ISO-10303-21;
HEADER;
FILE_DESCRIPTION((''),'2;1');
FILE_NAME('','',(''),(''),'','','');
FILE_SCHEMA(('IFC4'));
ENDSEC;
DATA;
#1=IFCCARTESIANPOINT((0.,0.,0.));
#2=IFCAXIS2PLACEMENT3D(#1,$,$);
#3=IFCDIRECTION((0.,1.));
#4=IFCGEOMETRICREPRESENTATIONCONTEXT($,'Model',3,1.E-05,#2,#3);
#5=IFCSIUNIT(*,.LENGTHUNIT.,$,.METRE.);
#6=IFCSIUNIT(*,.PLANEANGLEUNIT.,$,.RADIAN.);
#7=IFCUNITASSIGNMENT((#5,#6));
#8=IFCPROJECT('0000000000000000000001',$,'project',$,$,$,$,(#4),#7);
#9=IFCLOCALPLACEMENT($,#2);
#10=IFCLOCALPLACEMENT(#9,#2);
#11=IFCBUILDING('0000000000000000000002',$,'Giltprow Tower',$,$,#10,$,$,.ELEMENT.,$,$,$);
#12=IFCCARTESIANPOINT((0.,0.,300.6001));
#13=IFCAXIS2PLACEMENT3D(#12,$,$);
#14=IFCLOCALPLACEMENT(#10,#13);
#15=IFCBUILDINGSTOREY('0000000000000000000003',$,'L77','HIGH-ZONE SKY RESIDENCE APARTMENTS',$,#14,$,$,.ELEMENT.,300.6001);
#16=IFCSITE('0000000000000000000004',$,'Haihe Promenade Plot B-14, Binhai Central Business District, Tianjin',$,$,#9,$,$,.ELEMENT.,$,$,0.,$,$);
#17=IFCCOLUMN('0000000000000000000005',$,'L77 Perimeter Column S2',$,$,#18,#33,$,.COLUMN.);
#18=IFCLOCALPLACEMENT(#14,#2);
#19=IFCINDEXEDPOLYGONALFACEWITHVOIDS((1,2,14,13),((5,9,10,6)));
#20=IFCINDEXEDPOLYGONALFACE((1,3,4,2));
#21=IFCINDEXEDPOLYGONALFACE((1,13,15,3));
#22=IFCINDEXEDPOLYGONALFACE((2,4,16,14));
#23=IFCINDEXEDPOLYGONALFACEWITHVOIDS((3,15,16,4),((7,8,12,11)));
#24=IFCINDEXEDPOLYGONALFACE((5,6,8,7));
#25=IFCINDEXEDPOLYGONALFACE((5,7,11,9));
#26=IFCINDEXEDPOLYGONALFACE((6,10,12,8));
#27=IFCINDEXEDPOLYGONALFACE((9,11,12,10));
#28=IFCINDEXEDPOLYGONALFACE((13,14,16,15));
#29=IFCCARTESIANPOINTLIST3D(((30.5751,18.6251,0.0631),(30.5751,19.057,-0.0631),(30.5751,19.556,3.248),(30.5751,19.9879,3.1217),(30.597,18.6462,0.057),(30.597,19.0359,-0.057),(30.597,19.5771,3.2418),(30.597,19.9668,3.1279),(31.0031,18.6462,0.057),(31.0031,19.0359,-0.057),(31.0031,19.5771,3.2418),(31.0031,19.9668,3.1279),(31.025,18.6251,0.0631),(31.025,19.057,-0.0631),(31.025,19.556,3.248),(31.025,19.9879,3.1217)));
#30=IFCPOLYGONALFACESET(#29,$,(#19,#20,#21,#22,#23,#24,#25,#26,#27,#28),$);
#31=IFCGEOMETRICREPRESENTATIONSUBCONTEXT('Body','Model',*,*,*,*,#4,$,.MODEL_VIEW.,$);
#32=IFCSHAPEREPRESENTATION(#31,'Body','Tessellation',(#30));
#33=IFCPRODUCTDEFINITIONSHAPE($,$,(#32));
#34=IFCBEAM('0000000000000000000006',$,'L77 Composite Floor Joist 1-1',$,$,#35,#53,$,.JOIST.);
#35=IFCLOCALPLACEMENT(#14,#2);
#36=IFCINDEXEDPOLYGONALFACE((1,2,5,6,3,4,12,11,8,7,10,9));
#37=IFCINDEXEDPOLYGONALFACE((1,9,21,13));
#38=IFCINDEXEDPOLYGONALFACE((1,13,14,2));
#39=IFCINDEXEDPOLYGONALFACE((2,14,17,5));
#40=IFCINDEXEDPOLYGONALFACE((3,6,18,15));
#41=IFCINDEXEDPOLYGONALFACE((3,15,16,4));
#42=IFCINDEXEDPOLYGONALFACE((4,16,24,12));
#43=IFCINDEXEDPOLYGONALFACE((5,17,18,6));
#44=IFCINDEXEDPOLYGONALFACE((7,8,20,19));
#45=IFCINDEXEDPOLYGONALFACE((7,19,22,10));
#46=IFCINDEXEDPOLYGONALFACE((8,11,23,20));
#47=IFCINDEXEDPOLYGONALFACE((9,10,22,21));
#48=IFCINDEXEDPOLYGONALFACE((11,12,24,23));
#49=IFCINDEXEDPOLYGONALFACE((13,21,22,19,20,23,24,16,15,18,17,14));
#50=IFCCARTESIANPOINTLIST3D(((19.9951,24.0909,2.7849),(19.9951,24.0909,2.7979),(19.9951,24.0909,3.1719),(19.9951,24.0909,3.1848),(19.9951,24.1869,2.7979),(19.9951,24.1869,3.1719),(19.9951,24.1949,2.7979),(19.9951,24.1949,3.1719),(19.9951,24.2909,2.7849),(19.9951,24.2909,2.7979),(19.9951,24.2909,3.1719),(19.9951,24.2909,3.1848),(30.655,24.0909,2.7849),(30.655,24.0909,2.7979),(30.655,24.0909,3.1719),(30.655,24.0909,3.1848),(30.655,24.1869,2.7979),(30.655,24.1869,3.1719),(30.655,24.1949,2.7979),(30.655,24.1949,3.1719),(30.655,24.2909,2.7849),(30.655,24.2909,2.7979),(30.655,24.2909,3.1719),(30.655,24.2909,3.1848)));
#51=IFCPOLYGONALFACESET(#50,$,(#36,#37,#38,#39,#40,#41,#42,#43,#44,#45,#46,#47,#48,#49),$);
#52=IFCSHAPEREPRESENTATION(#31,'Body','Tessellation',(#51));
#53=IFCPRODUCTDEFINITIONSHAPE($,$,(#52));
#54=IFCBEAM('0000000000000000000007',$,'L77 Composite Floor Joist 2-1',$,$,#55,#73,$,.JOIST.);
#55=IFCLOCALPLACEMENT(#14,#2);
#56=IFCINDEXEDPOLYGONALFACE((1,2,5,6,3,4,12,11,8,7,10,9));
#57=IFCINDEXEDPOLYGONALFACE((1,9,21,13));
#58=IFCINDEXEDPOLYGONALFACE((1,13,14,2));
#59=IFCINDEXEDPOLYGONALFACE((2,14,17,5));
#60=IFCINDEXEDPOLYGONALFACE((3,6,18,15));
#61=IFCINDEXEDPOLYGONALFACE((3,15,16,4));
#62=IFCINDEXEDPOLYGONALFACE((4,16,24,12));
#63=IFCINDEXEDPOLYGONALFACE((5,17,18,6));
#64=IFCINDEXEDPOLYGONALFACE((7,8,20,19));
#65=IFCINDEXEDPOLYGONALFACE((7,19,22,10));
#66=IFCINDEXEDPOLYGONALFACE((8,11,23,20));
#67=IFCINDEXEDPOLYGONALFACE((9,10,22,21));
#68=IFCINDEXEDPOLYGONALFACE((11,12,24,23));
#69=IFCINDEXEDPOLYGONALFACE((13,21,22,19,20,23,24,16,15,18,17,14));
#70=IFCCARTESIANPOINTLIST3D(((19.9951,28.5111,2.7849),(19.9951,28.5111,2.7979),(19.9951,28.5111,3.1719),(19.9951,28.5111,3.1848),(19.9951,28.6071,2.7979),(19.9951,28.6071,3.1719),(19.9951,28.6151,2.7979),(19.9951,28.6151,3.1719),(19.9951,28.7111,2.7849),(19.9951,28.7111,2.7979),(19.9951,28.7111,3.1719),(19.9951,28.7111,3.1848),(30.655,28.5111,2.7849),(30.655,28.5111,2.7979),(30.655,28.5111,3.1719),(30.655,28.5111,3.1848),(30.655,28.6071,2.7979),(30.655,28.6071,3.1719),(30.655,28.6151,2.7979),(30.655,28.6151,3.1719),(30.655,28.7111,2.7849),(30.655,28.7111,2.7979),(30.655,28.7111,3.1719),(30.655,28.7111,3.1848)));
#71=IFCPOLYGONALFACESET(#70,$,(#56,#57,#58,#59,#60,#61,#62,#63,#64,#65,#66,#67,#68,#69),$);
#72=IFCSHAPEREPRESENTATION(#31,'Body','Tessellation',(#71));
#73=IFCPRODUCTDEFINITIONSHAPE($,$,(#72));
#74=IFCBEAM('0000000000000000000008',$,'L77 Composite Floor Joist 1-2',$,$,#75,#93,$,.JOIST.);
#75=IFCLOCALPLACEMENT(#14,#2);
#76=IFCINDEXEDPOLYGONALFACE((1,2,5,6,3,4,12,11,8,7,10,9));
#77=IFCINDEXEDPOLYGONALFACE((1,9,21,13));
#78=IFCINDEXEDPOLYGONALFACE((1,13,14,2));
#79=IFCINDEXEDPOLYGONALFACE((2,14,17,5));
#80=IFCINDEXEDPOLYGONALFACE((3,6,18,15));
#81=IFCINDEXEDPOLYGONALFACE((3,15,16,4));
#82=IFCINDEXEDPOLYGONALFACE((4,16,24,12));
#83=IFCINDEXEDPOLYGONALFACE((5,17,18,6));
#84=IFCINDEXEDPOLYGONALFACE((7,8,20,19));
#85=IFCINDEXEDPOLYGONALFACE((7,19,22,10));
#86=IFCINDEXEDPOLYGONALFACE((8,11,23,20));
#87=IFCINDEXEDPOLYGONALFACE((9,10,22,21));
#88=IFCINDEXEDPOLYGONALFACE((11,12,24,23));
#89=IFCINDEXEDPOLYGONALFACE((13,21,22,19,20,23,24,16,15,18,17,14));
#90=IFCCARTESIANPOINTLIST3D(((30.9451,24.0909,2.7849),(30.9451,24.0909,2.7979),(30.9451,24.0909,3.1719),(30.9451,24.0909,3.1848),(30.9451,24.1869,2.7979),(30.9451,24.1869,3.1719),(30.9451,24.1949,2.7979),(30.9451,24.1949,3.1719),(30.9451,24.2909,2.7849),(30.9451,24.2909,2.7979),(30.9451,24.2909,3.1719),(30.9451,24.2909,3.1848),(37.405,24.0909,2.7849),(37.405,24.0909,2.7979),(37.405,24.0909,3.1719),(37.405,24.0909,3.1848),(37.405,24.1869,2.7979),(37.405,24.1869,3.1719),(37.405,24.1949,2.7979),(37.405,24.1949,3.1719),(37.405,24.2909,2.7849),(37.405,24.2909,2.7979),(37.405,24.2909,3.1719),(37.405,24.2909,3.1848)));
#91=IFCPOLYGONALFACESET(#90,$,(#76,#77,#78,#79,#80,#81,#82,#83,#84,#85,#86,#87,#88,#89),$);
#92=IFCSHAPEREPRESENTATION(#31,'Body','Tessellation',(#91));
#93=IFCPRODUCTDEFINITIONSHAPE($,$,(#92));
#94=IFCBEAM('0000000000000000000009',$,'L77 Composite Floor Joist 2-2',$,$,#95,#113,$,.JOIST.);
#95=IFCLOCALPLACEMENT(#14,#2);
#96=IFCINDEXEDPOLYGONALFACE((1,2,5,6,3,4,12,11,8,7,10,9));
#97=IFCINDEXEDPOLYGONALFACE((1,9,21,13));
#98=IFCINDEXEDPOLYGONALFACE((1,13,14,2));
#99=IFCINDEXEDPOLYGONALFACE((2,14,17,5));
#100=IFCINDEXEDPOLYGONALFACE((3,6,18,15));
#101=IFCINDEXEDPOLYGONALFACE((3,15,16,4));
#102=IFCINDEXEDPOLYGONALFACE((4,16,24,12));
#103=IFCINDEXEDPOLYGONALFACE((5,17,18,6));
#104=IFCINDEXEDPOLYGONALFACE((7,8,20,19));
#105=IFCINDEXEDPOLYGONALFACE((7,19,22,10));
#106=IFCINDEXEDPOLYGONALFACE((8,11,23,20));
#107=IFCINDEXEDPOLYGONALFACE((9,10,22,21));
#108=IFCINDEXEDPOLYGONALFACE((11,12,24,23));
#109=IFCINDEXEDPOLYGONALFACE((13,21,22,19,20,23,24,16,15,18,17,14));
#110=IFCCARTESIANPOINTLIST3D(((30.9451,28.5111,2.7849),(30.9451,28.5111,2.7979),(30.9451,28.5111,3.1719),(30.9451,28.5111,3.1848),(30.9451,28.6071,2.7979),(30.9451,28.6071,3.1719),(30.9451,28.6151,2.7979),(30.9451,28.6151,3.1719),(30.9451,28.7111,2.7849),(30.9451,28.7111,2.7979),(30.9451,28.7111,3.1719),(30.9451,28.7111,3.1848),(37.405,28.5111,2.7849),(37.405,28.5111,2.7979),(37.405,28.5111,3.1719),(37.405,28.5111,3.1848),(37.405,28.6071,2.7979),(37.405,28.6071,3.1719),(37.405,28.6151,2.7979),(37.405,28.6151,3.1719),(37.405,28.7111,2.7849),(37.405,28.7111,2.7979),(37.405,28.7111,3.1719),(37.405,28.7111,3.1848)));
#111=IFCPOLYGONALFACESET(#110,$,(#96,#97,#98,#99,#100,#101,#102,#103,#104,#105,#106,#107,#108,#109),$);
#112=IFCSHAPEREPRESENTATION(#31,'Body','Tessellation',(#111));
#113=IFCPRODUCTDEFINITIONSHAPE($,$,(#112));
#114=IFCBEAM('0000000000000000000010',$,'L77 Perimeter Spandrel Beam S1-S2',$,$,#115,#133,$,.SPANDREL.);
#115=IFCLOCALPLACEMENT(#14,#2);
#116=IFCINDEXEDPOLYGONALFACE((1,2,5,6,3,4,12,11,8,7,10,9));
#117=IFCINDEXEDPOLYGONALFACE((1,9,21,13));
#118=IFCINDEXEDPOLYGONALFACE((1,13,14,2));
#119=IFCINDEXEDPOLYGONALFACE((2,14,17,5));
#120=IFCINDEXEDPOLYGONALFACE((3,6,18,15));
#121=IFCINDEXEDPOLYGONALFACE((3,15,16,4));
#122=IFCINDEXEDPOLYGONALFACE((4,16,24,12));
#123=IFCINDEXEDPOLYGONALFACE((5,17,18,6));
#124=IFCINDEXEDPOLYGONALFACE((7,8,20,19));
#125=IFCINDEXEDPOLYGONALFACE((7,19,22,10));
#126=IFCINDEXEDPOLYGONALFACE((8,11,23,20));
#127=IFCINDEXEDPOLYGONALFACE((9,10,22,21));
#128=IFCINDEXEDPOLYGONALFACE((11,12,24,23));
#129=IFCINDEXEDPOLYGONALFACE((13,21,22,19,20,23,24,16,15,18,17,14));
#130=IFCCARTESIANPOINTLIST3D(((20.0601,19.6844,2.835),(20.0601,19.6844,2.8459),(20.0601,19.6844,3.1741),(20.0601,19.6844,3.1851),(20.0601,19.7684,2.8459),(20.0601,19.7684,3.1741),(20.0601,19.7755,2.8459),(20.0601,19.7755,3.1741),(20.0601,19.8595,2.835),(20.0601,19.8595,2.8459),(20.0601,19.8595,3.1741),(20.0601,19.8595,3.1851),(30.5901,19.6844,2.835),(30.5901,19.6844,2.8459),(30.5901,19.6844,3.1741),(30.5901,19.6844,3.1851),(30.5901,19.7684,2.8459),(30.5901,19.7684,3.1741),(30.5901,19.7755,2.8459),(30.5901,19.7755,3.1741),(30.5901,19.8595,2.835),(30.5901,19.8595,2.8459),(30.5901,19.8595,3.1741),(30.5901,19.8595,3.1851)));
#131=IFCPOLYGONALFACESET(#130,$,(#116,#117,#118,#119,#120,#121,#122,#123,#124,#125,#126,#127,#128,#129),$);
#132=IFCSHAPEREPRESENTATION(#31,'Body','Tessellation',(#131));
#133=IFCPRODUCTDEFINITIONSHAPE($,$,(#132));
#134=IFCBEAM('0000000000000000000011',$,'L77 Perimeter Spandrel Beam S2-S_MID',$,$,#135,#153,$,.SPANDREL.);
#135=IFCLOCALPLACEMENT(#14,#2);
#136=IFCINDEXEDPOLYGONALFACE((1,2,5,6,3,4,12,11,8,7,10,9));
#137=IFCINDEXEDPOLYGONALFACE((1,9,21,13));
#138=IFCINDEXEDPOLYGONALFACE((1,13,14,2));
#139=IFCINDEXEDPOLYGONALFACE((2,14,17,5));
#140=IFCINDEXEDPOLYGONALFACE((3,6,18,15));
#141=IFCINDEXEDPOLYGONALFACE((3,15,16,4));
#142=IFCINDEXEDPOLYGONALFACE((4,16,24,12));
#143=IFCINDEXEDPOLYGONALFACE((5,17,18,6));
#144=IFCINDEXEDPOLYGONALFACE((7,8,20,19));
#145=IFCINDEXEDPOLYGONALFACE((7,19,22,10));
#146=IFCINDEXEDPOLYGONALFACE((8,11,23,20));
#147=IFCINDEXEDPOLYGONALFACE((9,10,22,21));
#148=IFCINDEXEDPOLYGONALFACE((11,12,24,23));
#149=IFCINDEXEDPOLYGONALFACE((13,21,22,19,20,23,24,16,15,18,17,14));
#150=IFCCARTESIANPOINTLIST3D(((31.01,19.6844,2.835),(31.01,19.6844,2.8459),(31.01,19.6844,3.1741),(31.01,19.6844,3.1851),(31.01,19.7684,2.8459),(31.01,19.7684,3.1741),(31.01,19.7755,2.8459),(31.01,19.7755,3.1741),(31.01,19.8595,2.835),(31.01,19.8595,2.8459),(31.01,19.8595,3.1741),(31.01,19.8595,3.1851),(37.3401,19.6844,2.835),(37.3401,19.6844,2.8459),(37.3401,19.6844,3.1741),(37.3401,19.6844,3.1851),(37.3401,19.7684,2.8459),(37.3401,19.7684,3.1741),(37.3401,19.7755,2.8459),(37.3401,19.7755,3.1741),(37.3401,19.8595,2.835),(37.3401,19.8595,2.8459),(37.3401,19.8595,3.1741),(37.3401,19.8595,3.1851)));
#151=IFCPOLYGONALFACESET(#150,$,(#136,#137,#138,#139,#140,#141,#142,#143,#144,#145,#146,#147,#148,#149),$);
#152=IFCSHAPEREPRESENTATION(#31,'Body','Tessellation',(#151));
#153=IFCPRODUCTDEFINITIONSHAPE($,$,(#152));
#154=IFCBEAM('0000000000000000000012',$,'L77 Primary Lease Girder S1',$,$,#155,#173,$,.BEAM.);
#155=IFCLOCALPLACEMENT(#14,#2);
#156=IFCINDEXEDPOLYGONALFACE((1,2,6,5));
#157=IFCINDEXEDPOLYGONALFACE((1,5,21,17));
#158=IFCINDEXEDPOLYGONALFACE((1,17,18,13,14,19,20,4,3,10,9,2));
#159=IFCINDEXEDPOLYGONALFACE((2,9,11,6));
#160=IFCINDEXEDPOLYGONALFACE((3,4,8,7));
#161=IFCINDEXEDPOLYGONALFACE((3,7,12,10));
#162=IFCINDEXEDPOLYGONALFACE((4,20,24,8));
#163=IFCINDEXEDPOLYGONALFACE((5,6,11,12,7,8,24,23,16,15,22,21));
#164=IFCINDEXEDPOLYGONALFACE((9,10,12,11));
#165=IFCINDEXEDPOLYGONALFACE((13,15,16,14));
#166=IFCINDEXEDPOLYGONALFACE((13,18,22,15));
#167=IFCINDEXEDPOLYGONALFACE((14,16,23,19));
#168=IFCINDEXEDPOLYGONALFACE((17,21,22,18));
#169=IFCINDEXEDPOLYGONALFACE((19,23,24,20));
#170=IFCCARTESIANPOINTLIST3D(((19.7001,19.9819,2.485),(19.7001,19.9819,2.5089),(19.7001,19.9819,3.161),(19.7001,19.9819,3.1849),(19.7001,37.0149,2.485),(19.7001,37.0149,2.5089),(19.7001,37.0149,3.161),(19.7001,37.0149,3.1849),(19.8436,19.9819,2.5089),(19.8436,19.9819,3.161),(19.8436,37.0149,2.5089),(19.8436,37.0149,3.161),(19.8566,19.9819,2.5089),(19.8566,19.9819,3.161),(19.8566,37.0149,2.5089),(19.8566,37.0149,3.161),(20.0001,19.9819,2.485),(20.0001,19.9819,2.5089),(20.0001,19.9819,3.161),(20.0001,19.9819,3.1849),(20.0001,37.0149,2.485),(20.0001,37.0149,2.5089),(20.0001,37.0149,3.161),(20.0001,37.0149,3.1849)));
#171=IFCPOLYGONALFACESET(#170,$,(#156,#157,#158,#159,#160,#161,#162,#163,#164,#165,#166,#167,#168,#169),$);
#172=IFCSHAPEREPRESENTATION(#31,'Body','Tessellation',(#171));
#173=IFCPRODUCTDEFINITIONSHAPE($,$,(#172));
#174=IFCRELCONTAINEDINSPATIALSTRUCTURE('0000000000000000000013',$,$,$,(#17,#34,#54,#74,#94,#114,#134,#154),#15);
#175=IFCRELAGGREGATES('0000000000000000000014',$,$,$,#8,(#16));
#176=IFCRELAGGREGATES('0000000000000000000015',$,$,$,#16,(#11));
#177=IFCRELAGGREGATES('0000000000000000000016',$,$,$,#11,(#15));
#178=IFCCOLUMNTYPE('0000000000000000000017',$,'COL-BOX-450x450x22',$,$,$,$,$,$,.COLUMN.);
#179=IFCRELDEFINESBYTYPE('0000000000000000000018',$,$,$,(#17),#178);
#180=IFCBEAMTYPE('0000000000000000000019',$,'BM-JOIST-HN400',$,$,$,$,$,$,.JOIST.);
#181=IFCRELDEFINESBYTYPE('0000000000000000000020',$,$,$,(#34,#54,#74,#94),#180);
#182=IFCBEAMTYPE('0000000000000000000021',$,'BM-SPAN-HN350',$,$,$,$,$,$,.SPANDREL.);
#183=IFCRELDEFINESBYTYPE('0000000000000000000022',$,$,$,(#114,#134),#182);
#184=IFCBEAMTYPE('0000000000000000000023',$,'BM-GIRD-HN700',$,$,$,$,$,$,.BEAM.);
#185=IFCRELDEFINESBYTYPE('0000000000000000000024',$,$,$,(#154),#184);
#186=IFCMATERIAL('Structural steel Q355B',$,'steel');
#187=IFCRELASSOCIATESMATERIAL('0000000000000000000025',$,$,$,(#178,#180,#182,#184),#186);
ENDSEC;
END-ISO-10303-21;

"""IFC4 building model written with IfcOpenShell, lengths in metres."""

from ifc_helpers import new_model, si_unit, direction, frame, origin, origin_2d, place, context, subcontext, project, spatial, hollow_rectangle, i_section, extrude, source, transform, mapped, material, material_profile, profile_set, type_object, element, save


model = new_model("IFC4")

# Units and contexts
model_context = context("Model", 3, precision=1e-05, world=origin(), true_north=direction((0.0, 1.0)))
body_context = subcontext(model_context, "Body", "Model", "MODEL_VIEW")
ifc_project = project(units=[si_unit("LENGTHUNIT", "METRE"), si_unit("PLANEANGLEUNIT", "RADIAN")], contexts=[model_context])

# Site, building, storey
site_placement = place(None, origin())
site = spatial("IfcSite", under=ifc_project, at=site_placement, Name="Haihe Promenade Plot B-14, Binhai Central Business District, Tianjin", CompositionType="ELEMENT", RefElevation=0.0)
building_placement = place(site_placement, origin())
building = spatial("IfcBuilding", under=site, at=building_placement, Name="Giltprow Tower", CompositionType="ELEMENT")
storey_placement = place(building_placement, frame((0.0, 0.0, 300.6001)))
storey = spatial("IfcBuildingStorey", under=building, at=storey_placement, Name="L77", Description="HIGH-ZONE SKY RESIDENCE APARTMENTS", CompositionType="ELEMENT", Elevation=300.6001)

# Column
ifc_material_1 = material(Name="Structural steel Q355B", Category="steel")
ifc_material_profile_1 = material_profile(ifc_material_1, hollow_rectangle(XDim=0.45, YDim=0.45, WallThickness=0.022, at=origin_2d()), Name="BOX 450x450x22")
ifc_profile_set_1 = profile_set([ifc_material_profile_1], Name="Structural steel Q355B")
column_type = type_object("IfcColumnType", Name="COL-BOX-450x450x22", PredefinedType="COLUMN", material=ifc_profile_set_1)
shared_shape_1 = source(origin(), body_context, "Body", "SweptSolid", [
    extrude(hollow_rectangle(XDim=0.45, YDim=0.45, WallThickness=0.022, at=origin_2d()), origin(), (0.0, 0.0, 1.0), 3.3181),
])
column_placement = place(storey_placement, frame((30.8, 18.8411, 0.0), z_axis=(0.0, 0.280557, 0.959837), x_axis=(-1.0, 0.0, 0.0)))
element("IfcColumn", 1, at=column_placement, inside=storey, type_object=column_type, Name="L77 Perimeter Column S2", PredefinedType="COLUMN", context=body_context, shape_type="MappedRepresentation", body=[
    mapped(shared_shape_1, transform((0.0, 0.0, 0.0), x_axis=(1.0, 0.0, 0.0), y_axis=(0.0, 1.0, 0.0), z_axis=(0.0, 0.0, 1.0), scale=1.0)),
])

# Beams
ifc_material_profile_2 = material_profile(ifc_material_1, i_section(OverallWidth=0.2, OverallDepth=0.3999, WebThickness=0.0081, FlangeThickness=0.0129, at=origin_2d()), Name="HN 400x200x8x13")
ifc_profile_set_2 = profile_set([ifc_material_profile_2], Name="Structural steel Q355B")
beam_type_1 = type_object("IfcBeamType", Name="BM-JOIST-HN400", PredefinedType="JOIST", material=ifc_profile_set_2)
shared_shape_2 = source(origin(), body_context, "Body", "SweptSolid", [
    extrude(i_section(OverallWidth=0.2, OverallDepth=0.3999, WebThickness=0.0081, FlangeThickness=0.0129, at=origin_2d()), origin(), (0.0, 0.0, 1.0), 10.6599),
])
for number, where, z_axis, x_axis, name in (
    (2, (19.9951, 24.1909, 2.9849), (1.0, 0.0, 0.0), (0.0, 1.0, 0.0), "L77 Composite Floor Joist 1-1"),
    (3, (19.9951, 28.6111, 2.9849), (1.0, 0.0, 0.0), (0.0, 1.0, 0.0), "L77 Composite Floor Joist 2-1"),
):
    element("IfcBeam", number, at=place(storey_placement, frame(where, z_axis=z_axis, x_axis=x_axis)), inside=storey, type_object=beam_type_1, Name=name, PredefinedType="JOIST", context=body_context, shape_type="MappedRepresentation", body=[
        mapped(shared_shape_2, transform((0.0, 0.0, 0.0), x_axis=(1.0, 0.0, 0.0), y_axis=(0.0, 1.0, 0.0), z_axis=(0.0, 0.0, 1.0), scale=1.0)),
    ])
shared_shape_3 = source(origin(), body_context, "Body", "SweptSolid", [
    extrude(i_section(OverallWidth=0.2, OverallDepth=0.3999, WebThickness=0.0081, FlangeThickness=0.0129, at=origin_2d()), origin(), (0.0, 0.0, 1.0), 6.46),
])
for number, where, z_axis, x_axis, name in (
    (4, (30.9451, 24.1909, 2.9849), (1.0, 0.0, 0.0), (0.0, 1.0, 0.0), "L77 Composite Floor Joist 1-2"),
    (5, (30.9451, 28.6111, 2.9849), (1.0, 0.0, 0.0), (0.0, 1.0, 0.0), "L77 Composite Floor Joist 2-2"),
):
    element("IfcBeam", number, at=place(storey_placement, frame(where, z_axis=z_axis, x_axis=x_axis)), inside=storey, type_object=beam_type_1, Name=name, PredefinedType="JOIST", context=body_context, shape_type="MappedRepresentation", body=[
        mapped(shared_shape_3, transform((0.0, 0.0, 0.0), x_axis=(1.0, 0.0, 0.0), y_axis=(0.0, 1.0, 0.0), z_axis=(0.0, 0.0, 1.0), scale=1.0)),
    ])
ifc_material_profile_3 = material_profile(ifc_material_1, i_section(OverallWidth=0.175, OverallDepth=0.3501, WebThickness=0.0071, FlangeThickness=0.011, at=origin_2d()), Name="HN 350x175x7x11")
ifc_profile_set_3 = profile_set([ifc_material_profile_3], Name="Structural steel Q355B")
beam_type_2 = type_object("IfcBeamType", Name="BM-SPAN-HN350", PredefinedType="SPANDREL", material=ifc_profile_set_3)
shared_shape_4 = source(origin(), body_context, "Body", "SweptSolid", [
    extrude(i_section(OverallWidth=0.175, OverallDepth=0.3501, WebThickness=0.0071, FlangeThickness=0.011, at=origin_2d()), origin(), (0.0, 0.0, 1.0), 10.53),
])
beam_1_placement = place(storey_placement, frame((20.0601, 19.772, 3.01), z_axis=(1.0, 0.0, 0.0), x_axis=(0.0, 1.0, 0.0)))
element("IfcBeam", 6, at=beam_1_placement, inside=storey, type_object=beam_type_2, Name="L77 Perimeter Spandrel Beam S1-S2", PredefinedType="SPANDREL", context=body_context, shape_type="MappedRepresentation", body=[
    mapped(shared_shape_4, transform((0.0, 0.0, 0.0), x_axis=(1.0, 0.0, 0.0), y_axis=(0.0, 1.0, 0.0), z_axis=(0.0, 0.0, 1.0), scale=1.0)),
])
shared_shape_5 = source(origin(), body_context, "Body", "SweptSolid", [
    extrude(i_section(OverallWidth=0.175, OverallDepth=0.3501, WebThickness=0.0071, FlangeThickness=0.011, at=origin_2d()), origin(), (0.0, 0.0, 1.0), 6.3301),
])
beam_2_placement = place(storey_placement, frame((31.01, 19.772, 3.01), z_axis=(1.0, 0.0, 0.0), x_axis=(0.0, 1.0, 0.0)))
element("IfcBeam", 7, at=beam_2_placement, inside=storey, type_object=beam_type_2, Name="L77 Perimeter Spandrel Beam S2-S_MID", PredefinedType="SPANDREL", context=body_context, shape_type="MappedRepresentation", body=[
    mapped(shared_shape_5, transform((0.0, 0.0, 0.0), x_axis=(1.0, 0.0, 0.0), y_axis=(0.0, 1.0, 0.0), z_axis=(0.0, 0.0, 1.0), scale=1.0)),
])
ifc_material_profile_4 = material_profile(ifc_material_1, i_section(OverallWidth=0.3, OverallDepth=0.7, WebThickness=0.0129, FlangeThickness=0.0239, at=origin_2d()), Name="HN 700x300x13x24")
ifc_profile_set_4 = profile_set([ifc_material_profile_4], Name="Structural steel Q355B")
beam_type_3 = type_object("IfcBeamType", Name="BM-GIRD-HN700", PredefinedType="BEAM", material=ifc_profile_set_4)
shared_shape_6 = source(origin(), body_context, "Body", "SweptSolid", [
    extrude(i_section(OverallWidth=0.3, OverallDepth=0.7, WebThickness=0.0129, FlangeThickness=0.0239, at=origin_2d()), origin(), (0.0, 0.0, 1.0), 17.033),
])
for number, where, z_axis, x_axis, name in (
    (8, (19.8501, 19.9819, 2.835), (0.0, 1.0, 0.0), (-1.0, 0.0, 0.0), "L77 Primary Lease Girder S1"),
):
    element("IfcBeam", number, at=place(storey_placement, frame(where, z_axis=z_axis, x_axis=x_axis)), inside=storey, type_object=beam_type_3, Name=name, PredefinedType="BEAM", context=body_context, shape_type="MappedRepresentation", body=[
        mapped(shared_shape_6, transform((0.0, 0.0, 0.0), x_axis=(1.0, 0.0, 0.0), y_axis=(0.0, 1.0, 0.0), z_axis=(0.0, 0.0, 1.0), scale=1.0)),
    ])

save(model, "model.ifc")
